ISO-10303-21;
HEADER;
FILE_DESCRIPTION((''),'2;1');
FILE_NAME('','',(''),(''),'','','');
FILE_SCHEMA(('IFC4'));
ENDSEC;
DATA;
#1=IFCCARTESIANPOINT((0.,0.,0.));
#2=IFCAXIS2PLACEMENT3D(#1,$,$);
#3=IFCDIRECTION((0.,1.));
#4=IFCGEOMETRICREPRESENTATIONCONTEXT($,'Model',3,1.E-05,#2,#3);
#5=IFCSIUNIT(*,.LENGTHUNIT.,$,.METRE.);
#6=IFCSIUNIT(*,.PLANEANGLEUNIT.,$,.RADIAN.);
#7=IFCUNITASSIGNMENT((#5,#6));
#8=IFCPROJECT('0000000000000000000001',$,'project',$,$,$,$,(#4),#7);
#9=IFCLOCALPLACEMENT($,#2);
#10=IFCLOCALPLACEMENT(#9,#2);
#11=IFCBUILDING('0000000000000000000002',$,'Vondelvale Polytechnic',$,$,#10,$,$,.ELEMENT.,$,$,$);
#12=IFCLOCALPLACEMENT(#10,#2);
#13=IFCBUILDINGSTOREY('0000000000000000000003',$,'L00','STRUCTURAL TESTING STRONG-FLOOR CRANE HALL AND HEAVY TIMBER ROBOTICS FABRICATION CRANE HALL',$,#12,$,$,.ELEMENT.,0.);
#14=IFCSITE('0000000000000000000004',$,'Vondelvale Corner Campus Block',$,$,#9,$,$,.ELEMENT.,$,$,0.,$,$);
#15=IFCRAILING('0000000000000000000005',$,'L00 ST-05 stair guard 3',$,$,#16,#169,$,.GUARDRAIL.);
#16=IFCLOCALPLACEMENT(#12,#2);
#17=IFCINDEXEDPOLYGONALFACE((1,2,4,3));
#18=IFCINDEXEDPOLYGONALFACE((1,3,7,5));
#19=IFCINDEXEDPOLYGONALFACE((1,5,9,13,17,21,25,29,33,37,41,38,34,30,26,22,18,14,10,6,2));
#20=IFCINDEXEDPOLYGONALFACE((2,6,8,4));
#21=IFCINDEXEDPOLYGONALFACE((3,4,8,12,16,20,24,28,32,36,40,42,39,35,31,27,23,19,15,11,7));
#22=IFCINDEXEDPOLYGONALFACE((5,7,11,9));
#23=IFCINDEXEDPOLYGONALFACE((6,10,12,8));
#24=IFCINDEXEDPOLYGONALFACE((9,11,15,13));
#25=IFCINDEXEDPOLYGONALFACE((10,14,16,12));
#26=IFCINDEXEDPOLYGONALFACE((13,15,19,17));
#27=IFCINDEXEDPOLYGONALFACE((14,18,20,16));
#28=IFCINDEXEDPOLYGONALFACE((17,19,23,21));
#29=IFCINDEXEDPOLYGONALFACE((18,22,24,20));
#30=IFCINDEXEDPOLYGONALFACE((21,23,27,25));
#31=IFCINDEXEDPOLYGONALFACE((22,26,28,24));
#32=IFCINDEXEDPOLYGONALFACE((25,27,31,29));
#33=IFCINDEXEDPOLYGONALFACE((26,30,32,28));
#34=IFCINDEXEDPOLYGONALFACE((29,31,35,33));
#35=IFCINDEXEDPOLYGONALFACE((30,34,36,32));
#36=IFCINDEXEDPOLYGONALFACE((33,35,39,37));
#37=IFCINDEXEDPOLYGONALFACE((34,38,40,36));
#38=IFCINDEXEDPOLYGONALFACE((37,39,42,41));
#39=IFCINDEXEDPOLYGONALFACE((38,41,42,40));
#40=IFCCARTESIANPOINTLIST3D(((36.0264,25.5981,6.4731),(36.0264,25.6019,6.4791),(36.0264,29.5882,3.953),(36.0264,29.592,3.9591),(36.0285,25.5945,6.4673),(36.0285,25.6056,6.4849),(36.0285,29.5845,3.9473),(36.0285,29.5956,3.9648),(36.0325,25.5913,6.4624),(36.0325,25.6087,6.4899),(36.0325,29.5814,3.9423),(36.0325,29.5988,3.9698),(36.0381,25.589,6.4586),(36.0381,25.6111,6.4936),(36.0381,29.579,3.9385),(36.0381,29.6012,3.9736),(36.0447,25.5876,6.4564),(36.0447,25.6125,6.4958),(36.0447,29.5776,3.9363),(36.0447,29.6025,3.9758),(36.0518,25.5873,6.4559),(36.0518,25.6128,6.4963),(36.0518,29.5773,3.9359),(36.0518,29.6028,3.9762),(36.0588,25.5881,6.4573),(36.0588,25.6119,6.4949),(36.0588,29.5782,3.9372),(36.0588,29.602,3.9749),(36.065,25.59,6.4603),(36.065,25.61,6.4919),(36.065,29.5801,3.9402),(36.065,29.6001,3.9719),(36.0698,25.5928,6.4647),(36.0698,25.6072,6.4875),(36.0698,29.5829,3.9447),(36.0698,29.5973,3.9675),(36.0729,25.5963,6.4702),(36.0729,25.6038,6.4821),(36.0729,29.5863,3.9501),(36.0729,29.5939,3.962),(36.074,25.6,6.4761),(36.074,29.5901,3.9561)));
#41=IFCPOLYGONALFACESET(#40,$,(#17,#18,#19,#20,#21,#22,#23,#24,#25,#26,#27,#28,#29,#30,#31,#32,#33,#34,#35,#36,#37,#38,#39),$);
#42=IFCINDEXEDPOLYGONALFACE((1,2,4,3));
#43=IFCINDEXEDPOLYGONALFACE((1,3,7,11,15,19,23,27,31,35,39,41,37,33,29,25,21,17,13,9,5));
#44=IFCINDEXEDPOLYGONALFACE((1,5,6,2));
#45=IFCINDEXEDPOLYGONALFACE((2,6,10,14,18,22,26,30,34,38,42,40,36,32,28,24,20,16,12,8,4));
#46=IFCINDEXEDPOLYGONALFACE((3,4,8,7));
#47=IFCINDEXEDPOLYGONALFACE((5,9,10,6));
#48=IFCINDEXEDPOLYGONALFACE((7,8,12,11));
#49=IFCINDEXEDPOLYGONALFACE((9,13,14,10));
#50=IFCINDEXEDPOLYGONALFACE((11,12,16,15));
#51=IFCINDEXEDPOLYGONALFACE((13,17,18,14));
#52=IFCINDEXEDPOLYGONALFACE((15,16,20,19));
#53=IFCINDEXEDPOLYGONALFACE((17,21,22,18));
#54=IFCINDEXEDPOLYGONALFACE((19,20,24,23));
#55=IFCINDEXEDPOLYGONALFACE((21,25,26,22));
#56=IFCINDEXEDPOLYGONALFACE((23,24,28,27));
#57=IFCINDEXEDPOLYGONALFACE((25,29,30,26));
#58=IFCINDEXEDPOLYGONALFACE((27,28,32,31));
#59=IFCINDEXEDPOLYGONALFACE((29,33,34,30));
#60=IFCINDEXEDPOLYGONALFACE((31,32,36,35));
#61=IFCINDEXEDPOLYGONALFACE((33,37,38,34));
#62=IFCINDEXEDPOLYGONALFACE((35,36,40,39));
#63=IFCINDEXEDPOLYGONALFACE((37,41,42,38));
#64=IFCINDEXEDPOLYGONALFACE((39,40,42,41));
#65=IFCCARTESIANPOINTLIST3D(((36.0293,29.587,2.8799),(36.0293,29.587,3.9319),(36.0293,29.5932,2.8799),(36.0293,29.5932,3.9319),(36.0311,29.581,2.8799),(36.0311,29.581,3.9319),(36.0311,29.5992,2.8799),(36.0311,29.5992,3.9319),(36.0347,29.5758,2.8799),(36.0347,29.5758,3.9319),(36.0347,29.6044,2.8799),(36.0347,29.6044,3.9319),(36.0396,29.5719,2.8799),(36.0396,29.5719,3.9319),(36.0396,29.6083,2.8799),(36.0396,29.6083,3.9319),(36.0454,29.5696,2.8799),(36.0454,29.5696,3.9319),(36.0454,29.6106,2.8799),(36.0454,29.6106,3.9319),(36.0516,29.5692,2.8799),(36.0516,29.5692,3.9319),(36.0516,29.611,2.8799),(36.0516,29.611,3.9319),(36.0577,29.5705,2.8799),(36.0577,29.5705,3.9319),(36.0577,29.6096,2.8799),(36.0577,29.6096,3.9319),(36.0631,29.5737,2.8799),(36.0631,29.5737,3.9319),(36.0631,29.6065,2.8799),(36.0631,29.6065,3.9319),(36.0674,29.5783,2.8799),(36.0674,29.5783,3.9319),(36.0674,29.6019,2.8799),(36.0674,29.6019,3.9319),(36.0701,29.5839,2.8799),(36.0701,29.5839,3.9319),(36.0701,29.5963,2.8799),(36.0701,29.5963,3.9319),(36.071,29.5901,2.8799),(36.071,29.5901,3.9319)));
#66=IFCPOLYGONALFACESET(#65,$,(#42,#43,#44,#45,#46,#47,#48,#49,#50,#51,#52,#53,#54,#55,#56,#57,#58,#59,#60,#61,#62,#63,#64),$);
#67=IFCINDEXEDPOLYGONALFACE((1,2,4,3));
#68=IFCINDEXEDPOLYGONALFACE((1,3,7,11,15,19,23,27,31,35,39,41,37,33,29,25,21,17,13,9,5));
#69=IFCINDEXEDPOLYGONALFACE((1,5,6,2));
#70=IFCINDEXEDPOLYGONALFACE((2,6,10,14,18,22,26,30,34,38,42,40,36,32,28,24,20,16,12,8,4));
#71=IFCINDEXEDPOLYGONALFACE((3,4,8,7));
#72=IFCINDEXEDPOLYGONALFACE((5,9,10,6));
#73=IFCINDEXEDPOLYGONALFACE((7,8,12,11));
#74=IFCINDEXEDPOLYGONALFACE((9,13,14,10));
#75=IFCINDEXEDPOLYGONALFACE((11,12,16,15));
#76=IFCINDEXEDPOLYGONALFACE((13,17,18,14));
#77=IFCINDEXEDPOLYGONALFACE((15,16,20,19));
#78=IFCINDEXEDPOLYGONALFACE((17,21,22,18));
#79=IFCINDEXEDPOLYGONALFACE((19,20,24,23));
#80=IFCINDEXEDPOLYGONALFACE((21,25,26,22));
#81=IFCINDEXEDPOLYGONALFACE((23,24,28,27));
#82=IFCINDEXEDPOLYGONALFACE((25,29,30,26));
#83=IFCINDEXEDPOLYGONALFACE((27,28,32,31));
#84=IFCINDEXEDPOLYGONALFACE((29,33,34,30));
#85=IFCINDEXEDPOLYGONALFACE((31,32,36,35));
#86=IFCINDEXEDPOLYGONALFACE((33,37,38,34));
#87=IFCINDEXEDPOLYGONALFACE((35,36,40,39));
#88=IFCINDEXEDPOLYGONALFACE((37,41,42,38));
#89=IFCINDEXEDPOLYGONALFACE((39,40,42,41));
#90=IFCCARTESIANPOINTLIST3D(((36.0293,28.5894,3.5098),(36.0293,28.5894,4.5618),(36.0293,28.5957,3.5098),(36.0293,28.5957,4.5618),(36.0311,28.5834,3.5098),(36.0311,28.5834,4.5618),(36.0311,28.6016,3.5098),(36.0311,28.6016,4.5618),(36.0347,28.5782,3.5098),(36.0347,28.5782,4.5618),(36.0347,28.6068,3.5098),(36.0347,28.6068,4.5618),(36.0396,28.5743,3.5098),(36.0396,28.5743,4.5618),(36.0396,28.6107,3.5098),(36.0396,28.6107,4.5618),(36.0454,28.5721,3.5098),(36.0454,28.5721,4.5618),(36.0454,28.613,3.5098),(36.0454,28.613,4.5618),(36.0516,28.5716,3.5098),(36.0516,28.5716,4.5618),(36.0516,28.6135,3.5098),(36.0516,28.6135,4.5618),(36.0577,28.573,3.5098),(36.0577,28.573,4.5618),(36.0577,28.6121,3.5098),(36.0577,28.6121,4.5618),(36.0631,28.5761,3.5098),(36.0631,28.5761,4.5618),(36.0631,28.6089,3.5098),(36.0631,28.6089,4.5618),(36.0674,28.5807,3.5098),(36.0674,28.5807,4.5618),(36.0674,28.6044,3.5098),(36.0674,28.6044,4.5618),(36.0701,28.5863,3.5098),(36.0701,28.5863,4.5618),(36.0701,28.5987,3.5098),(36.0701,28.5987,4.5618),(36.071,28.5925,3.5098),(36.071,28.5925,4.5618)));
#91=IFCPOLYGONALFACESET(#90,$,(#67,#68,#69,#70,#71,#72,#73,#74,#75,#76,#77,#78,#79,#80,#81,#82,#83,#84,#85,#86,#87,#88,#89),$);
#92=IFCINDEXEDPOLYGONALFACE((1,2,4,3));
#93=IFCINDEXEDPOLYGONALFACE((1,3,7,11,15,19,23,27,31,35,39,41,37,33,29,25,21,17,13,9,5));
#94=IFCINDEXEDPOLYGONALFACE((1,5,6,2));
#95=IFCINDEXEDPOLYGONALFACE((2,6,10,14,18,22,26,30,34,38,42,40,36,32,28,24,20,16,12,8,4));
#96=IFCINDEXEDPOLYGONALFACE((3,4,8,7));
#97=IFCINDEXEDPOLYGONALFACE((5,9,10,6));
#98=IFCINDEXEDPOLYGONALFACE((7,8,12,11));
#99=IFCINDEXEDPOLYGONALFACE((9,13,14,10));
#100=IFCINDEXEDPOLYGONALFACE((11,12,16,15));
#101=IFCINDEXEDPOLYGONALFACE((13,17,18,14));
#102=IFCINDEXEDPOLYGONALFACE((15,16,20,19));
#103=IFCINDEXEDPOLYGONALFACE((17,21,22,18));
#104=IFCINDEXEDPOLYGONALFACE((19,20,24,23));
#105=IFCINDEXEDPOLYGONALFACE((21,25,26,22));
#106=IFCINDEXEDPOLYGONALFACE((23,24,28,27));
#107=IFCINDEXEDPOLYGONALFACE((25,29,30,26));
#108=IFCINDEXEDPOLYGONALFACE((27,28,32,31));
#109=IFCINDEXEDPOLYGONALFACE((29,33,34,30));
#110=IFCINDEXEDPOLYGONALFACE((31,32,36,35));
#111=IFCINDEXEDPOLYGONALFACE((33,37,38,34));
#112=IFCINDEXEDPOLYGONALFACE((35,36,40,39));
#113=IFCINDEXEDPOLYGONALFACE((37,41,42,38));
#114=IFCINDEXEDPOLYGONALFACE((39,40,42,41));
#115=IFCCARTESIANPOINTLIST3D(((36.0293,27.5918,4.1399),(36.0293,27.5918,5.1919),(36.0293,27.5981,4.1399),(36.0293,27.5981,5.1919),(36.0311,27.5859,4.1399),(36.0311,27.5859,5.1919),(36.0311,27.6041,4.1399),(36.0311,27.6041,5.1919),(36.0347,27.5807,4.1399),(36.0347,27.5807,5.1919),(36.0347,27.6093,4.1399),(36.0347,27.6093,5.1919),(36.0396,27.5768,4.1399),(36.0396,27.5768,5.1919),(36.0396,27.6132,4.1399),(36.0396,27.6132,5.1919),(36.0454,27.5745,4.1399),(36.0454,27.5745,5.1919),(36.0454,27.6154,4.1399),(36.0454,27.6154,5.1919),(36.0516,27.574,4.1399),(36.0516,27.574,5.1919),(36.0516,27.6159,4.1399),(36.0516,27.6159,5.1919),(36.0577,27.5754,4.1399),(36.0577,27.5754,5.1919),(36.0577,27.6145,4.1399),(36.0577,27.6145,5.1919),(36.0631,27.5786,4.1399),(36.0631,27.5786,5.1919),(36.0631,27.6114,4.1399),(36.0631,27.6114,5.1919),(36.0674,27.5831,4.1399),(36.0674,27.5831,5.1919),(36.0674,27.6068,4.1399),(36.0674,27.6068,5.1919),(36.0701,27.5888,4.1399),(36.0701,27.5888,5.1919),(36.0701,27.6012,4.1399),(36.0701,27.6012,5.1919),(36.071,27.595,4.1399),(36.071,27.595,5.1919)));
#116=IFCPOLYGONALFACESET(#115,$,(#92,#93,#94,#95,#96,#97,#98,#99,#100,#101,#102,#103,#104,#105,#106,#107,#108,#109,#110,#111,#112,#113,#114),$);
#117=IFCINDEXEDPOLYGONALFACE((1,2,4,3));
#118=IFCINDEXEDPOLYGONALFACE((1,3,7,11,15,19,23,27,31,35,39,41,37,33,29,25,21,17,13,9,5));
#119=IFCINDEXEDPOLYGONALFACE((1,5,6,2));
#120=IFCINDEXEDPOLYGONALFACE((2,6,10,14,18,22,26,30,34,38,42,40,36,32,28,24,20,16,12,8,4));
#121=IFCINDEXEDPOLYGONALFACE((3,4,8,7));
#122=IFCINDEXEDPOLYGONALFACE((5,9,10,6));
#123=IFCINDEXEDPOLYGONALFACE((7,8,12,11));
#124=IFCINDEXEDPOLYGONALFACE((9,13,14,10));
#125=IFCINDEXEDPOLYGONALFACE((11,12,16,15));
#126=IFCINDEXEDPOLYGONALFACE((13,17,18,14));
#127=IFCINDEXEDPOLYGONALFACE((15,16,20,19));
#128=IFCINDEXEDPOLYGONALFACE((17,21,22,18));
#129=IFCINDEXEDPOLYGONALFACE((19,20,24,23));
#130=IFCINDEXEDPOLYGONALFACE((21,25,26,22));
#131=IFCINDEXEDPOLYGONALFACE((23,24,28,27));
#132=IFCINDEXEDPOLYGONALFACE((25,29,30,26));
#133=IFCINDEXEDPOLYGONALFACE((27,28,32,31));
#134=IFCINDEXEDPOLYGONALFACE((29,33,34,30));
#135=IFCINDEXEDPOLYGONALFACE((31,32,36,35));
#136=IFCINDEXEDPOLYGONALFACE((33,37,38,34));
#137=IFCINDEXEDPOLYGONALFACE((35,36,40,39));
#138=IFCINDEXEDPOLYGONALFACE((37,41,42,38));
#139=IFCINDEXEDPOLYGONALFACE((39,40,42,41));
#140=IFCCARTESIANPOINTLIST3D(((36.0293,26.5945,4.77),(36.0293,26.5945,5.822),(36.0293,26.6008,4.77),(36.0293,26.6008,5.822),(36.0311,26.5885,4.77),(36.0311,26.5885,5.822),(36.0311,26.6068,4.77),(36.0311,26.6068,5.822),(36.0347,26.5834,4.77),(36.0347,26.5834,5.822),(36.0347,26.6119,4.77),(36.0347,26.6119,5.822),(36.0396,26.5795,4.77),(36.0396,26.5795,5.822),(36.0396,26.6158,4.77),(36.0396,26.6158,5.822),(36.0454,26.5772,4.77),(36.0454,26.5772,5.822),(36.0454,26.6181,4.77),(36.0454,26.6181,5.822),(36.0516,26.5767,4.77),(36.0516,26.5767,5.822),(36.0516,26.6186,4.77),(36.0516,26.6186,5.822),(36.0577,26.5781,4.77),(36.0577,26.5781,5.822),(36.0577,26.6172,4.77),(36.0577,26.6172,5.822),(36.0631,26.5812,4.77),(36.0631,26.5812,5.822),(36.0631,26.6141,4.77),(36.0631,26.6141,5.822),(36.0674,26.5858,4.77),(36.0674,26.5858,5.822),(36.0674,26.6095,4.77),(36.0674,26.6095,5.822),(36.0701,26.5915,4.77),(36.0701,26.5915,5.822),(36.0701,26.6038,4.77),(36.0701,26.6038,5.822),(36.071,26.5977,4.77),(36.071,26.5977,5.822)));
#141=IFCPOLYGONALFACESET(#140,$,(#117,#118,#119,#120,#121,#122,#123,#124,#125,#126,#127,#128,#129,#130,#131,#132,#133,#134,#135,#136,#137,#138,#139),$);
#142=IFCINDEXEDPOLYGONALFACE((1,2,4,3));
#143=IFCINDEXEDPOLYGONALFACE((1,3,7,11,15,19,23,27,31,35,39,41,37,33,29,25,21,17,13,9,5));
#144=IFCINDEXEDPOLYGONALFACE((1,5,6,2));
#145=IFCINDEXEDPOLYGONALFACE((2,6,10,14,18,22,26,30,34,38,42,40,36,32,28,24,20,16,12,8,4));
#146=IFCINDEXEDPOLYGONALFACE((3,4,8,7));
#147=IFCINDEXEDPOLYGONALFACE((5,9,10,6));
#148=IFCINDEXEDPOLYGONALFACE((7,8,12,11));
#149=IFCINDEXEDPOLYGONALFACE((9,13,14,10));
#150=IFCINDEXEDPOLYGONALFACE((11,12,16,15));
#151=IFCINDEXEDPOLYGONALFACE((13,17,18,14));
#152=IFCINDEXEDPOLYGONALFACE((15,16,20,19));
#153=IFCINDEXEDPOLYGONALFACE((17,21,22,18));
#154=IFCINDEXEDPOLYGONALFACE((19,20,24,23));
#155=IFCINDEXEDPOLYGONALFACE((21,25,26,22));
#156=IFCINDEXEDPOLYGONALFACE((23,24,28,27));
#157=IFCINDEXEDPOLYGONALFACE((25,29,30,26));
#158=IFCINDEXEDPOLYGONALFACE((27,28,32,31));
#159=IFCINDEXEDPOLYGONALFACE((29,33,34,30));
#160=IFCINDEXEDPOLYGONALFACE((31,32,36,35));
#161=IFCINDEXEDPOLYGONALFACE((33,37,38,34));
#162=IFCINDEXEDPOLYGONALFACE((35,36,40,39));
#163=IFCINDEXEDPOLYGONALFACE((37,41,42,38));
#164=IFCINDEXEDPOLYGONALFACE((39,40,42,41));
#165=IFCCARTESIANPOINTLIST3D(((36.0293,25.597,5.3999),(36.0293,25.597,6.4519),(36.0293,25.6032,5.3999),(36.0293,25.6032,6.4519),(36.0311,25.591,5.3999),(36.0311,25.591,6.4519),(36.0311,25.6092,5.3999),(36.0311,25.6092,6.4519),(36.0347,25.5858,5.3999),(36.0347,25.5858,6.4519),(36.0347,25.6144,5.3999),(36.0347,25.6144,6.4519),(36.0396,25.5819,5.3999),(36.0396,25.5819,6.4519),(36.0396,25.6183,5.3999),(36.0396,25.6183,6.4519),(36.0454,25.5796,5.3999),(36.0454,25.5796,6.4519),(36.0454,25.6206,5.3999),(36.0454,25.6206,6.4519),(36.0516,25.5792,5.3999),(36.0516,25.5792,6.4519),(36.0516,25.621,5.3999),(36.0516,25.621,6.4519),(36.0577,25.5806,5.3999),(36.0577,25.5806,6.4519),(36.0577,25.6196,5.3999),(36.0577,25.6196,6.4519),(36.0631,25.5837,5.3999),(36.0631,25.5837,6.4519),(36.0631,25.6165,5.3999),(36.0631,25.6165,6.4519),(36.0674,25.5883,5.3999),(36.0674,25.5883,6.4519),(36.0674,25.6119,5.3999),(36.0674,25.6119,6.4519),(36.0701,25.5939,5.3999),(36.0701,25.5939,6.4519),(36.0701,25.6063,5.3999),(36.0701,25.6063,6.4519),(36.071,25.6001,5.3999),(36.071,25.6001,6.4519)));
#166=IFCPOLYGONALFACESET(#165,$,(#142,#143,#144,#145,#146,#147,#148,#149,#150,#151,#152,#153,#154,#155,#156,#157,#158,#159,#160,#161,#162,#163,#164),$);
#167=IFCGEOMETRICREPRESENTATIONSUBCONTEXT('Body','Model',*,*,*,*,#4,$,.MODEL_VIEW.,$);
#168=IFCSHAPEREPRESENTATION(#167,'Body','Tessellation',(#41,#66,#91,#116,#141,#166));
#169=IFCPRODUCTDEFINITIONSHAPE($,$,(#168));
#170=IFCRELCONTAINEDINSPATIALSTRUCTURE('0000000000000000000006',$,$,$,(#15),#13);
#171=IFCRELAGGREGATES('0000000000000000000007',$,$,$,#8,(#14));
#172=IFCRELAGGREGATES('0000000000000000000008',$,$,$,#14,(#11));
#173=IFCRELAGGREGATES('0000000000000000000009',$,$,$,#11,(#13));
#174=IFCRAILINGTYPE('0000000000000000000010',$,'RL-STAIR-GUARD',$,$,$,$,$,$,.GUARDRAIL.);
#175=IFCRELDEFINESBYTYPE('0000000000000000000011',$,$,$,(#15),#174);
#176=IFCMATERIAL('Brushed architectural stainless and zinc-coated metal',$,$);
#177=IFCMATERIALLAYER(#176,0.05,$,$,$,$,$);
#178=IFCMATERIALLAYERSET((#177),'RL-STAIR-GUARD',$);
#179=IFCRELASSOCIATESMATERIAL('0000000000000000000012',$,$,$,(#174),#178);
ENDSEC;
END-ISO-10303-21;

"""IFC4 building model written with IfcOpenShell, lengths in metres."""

from ifc_helpers import new_model, si_unit, direction, frame, origin, origin_2d, place, context, subcontext, project, spatial, circle, extrude, material, layer, layer_set, type_object, element, save


model = new_model("IFC4")

# Units and contexts
model_context = context("Model", 3, precision=1e-05, world=origin(), true_north=direction((0.0, 1.0)))
body_context = subcontext(model_context, "Body", "Model", "MODEL_VIEW")
ifc_project = project(units=[si_unit("LENGTHUNIT", "METRE"), si_unit("PLANEANGLEUNIT", "RADIAN")], contexts=[model_context])

# Site, building, storey
site_placement = place(None, origin())
site = spatial("IfcSite", under=ifc_project, at=site_placement, Name="Vondelvale Corner Campus Block", CompositionType="ELEMENT", RefElevation=0.0)
building_placement = place(site_placement, origin())
building = spatial("IfcBuilding", under=site, at=building_placement, Name="Vondelvale Polytechnic", CompositionType="ELEMENT")
storey_placement = place(building_placement, origin())
storey = spatial("IfcBuildingStorey", under=building, at=storey_placement, Name="L00", Description="STRUCTURAL TESTING STRONG-FLOOR CRANE HALL AND HEAVY TIMBER ROBOTICS FABRICATION CRANE HALL", CompositionType="ELEMENT", Elevation=0.0)

# Shared definitions
ifc_material_1 = material(Name="Brushed architectural stainless and zinc-coated metal")

# Railing
ifc_layer_1 = layer(ifc_material_1, 0.05)
ifc_layer_set_1 = layer_set([ifc_layer_1], Name="RL-STAIR-GUARD")
railing_type_1 = type_object("IfcRailingType", Name="RL-STAIR-GUARD", PredefinedType="GUARDRAIL", material=ifc_layer_set_1)
railing_1_placement = place(storey_placement, frame((36.05, 29.5901, 2.8799)))
element("IfcRailing", 1, at=railing_1_placement, inside=storey, type_object=railing_type_1, Name="L00 ST-05 stair guard 3", PredefinedType="GUARDRAIL", context=body_context, shape_type="SweptSolid", body=[
    extrude(circle(Radius=0.0239, at=origin_2d()), frame((0.0, 0.0, 1.0762), z_axis=(0.0, -0.845486, 0.533997), x_axis=(1.0, 0.0, 0.0)), (0.0, 0.0, 1.0), 4.7192),
    extrude(circle(Radius=0.021, at=origin_2d()), origin(), (0.0, 0.0, 1.0), 1.052),
    extrude(circle(Radius=0.021, at=origin_2d()), frame((0.0, -0.9976, 0.6299)), (0.0, 0.0, 1.0), 1.052),
    extrude(circle(Radius=0.021, at=origin_2d()), frame((0.0, -1.9951, 1.26)), (0.0, 0.0, 1.0), 1.052),
    extrude(circle(Radius=0.021, at=origin_2d()), frame((0.0, -2.9924, 1.8901)), (0.0, 0.0, 1.0), 1.052),
    extrude(circle(Radius=0.021, at=origin_2d()), frame((0.0, -3.99, 2.52)), (0.0, 0.0, 1.0), 1.052),
])

save(model, "model.ifc")
